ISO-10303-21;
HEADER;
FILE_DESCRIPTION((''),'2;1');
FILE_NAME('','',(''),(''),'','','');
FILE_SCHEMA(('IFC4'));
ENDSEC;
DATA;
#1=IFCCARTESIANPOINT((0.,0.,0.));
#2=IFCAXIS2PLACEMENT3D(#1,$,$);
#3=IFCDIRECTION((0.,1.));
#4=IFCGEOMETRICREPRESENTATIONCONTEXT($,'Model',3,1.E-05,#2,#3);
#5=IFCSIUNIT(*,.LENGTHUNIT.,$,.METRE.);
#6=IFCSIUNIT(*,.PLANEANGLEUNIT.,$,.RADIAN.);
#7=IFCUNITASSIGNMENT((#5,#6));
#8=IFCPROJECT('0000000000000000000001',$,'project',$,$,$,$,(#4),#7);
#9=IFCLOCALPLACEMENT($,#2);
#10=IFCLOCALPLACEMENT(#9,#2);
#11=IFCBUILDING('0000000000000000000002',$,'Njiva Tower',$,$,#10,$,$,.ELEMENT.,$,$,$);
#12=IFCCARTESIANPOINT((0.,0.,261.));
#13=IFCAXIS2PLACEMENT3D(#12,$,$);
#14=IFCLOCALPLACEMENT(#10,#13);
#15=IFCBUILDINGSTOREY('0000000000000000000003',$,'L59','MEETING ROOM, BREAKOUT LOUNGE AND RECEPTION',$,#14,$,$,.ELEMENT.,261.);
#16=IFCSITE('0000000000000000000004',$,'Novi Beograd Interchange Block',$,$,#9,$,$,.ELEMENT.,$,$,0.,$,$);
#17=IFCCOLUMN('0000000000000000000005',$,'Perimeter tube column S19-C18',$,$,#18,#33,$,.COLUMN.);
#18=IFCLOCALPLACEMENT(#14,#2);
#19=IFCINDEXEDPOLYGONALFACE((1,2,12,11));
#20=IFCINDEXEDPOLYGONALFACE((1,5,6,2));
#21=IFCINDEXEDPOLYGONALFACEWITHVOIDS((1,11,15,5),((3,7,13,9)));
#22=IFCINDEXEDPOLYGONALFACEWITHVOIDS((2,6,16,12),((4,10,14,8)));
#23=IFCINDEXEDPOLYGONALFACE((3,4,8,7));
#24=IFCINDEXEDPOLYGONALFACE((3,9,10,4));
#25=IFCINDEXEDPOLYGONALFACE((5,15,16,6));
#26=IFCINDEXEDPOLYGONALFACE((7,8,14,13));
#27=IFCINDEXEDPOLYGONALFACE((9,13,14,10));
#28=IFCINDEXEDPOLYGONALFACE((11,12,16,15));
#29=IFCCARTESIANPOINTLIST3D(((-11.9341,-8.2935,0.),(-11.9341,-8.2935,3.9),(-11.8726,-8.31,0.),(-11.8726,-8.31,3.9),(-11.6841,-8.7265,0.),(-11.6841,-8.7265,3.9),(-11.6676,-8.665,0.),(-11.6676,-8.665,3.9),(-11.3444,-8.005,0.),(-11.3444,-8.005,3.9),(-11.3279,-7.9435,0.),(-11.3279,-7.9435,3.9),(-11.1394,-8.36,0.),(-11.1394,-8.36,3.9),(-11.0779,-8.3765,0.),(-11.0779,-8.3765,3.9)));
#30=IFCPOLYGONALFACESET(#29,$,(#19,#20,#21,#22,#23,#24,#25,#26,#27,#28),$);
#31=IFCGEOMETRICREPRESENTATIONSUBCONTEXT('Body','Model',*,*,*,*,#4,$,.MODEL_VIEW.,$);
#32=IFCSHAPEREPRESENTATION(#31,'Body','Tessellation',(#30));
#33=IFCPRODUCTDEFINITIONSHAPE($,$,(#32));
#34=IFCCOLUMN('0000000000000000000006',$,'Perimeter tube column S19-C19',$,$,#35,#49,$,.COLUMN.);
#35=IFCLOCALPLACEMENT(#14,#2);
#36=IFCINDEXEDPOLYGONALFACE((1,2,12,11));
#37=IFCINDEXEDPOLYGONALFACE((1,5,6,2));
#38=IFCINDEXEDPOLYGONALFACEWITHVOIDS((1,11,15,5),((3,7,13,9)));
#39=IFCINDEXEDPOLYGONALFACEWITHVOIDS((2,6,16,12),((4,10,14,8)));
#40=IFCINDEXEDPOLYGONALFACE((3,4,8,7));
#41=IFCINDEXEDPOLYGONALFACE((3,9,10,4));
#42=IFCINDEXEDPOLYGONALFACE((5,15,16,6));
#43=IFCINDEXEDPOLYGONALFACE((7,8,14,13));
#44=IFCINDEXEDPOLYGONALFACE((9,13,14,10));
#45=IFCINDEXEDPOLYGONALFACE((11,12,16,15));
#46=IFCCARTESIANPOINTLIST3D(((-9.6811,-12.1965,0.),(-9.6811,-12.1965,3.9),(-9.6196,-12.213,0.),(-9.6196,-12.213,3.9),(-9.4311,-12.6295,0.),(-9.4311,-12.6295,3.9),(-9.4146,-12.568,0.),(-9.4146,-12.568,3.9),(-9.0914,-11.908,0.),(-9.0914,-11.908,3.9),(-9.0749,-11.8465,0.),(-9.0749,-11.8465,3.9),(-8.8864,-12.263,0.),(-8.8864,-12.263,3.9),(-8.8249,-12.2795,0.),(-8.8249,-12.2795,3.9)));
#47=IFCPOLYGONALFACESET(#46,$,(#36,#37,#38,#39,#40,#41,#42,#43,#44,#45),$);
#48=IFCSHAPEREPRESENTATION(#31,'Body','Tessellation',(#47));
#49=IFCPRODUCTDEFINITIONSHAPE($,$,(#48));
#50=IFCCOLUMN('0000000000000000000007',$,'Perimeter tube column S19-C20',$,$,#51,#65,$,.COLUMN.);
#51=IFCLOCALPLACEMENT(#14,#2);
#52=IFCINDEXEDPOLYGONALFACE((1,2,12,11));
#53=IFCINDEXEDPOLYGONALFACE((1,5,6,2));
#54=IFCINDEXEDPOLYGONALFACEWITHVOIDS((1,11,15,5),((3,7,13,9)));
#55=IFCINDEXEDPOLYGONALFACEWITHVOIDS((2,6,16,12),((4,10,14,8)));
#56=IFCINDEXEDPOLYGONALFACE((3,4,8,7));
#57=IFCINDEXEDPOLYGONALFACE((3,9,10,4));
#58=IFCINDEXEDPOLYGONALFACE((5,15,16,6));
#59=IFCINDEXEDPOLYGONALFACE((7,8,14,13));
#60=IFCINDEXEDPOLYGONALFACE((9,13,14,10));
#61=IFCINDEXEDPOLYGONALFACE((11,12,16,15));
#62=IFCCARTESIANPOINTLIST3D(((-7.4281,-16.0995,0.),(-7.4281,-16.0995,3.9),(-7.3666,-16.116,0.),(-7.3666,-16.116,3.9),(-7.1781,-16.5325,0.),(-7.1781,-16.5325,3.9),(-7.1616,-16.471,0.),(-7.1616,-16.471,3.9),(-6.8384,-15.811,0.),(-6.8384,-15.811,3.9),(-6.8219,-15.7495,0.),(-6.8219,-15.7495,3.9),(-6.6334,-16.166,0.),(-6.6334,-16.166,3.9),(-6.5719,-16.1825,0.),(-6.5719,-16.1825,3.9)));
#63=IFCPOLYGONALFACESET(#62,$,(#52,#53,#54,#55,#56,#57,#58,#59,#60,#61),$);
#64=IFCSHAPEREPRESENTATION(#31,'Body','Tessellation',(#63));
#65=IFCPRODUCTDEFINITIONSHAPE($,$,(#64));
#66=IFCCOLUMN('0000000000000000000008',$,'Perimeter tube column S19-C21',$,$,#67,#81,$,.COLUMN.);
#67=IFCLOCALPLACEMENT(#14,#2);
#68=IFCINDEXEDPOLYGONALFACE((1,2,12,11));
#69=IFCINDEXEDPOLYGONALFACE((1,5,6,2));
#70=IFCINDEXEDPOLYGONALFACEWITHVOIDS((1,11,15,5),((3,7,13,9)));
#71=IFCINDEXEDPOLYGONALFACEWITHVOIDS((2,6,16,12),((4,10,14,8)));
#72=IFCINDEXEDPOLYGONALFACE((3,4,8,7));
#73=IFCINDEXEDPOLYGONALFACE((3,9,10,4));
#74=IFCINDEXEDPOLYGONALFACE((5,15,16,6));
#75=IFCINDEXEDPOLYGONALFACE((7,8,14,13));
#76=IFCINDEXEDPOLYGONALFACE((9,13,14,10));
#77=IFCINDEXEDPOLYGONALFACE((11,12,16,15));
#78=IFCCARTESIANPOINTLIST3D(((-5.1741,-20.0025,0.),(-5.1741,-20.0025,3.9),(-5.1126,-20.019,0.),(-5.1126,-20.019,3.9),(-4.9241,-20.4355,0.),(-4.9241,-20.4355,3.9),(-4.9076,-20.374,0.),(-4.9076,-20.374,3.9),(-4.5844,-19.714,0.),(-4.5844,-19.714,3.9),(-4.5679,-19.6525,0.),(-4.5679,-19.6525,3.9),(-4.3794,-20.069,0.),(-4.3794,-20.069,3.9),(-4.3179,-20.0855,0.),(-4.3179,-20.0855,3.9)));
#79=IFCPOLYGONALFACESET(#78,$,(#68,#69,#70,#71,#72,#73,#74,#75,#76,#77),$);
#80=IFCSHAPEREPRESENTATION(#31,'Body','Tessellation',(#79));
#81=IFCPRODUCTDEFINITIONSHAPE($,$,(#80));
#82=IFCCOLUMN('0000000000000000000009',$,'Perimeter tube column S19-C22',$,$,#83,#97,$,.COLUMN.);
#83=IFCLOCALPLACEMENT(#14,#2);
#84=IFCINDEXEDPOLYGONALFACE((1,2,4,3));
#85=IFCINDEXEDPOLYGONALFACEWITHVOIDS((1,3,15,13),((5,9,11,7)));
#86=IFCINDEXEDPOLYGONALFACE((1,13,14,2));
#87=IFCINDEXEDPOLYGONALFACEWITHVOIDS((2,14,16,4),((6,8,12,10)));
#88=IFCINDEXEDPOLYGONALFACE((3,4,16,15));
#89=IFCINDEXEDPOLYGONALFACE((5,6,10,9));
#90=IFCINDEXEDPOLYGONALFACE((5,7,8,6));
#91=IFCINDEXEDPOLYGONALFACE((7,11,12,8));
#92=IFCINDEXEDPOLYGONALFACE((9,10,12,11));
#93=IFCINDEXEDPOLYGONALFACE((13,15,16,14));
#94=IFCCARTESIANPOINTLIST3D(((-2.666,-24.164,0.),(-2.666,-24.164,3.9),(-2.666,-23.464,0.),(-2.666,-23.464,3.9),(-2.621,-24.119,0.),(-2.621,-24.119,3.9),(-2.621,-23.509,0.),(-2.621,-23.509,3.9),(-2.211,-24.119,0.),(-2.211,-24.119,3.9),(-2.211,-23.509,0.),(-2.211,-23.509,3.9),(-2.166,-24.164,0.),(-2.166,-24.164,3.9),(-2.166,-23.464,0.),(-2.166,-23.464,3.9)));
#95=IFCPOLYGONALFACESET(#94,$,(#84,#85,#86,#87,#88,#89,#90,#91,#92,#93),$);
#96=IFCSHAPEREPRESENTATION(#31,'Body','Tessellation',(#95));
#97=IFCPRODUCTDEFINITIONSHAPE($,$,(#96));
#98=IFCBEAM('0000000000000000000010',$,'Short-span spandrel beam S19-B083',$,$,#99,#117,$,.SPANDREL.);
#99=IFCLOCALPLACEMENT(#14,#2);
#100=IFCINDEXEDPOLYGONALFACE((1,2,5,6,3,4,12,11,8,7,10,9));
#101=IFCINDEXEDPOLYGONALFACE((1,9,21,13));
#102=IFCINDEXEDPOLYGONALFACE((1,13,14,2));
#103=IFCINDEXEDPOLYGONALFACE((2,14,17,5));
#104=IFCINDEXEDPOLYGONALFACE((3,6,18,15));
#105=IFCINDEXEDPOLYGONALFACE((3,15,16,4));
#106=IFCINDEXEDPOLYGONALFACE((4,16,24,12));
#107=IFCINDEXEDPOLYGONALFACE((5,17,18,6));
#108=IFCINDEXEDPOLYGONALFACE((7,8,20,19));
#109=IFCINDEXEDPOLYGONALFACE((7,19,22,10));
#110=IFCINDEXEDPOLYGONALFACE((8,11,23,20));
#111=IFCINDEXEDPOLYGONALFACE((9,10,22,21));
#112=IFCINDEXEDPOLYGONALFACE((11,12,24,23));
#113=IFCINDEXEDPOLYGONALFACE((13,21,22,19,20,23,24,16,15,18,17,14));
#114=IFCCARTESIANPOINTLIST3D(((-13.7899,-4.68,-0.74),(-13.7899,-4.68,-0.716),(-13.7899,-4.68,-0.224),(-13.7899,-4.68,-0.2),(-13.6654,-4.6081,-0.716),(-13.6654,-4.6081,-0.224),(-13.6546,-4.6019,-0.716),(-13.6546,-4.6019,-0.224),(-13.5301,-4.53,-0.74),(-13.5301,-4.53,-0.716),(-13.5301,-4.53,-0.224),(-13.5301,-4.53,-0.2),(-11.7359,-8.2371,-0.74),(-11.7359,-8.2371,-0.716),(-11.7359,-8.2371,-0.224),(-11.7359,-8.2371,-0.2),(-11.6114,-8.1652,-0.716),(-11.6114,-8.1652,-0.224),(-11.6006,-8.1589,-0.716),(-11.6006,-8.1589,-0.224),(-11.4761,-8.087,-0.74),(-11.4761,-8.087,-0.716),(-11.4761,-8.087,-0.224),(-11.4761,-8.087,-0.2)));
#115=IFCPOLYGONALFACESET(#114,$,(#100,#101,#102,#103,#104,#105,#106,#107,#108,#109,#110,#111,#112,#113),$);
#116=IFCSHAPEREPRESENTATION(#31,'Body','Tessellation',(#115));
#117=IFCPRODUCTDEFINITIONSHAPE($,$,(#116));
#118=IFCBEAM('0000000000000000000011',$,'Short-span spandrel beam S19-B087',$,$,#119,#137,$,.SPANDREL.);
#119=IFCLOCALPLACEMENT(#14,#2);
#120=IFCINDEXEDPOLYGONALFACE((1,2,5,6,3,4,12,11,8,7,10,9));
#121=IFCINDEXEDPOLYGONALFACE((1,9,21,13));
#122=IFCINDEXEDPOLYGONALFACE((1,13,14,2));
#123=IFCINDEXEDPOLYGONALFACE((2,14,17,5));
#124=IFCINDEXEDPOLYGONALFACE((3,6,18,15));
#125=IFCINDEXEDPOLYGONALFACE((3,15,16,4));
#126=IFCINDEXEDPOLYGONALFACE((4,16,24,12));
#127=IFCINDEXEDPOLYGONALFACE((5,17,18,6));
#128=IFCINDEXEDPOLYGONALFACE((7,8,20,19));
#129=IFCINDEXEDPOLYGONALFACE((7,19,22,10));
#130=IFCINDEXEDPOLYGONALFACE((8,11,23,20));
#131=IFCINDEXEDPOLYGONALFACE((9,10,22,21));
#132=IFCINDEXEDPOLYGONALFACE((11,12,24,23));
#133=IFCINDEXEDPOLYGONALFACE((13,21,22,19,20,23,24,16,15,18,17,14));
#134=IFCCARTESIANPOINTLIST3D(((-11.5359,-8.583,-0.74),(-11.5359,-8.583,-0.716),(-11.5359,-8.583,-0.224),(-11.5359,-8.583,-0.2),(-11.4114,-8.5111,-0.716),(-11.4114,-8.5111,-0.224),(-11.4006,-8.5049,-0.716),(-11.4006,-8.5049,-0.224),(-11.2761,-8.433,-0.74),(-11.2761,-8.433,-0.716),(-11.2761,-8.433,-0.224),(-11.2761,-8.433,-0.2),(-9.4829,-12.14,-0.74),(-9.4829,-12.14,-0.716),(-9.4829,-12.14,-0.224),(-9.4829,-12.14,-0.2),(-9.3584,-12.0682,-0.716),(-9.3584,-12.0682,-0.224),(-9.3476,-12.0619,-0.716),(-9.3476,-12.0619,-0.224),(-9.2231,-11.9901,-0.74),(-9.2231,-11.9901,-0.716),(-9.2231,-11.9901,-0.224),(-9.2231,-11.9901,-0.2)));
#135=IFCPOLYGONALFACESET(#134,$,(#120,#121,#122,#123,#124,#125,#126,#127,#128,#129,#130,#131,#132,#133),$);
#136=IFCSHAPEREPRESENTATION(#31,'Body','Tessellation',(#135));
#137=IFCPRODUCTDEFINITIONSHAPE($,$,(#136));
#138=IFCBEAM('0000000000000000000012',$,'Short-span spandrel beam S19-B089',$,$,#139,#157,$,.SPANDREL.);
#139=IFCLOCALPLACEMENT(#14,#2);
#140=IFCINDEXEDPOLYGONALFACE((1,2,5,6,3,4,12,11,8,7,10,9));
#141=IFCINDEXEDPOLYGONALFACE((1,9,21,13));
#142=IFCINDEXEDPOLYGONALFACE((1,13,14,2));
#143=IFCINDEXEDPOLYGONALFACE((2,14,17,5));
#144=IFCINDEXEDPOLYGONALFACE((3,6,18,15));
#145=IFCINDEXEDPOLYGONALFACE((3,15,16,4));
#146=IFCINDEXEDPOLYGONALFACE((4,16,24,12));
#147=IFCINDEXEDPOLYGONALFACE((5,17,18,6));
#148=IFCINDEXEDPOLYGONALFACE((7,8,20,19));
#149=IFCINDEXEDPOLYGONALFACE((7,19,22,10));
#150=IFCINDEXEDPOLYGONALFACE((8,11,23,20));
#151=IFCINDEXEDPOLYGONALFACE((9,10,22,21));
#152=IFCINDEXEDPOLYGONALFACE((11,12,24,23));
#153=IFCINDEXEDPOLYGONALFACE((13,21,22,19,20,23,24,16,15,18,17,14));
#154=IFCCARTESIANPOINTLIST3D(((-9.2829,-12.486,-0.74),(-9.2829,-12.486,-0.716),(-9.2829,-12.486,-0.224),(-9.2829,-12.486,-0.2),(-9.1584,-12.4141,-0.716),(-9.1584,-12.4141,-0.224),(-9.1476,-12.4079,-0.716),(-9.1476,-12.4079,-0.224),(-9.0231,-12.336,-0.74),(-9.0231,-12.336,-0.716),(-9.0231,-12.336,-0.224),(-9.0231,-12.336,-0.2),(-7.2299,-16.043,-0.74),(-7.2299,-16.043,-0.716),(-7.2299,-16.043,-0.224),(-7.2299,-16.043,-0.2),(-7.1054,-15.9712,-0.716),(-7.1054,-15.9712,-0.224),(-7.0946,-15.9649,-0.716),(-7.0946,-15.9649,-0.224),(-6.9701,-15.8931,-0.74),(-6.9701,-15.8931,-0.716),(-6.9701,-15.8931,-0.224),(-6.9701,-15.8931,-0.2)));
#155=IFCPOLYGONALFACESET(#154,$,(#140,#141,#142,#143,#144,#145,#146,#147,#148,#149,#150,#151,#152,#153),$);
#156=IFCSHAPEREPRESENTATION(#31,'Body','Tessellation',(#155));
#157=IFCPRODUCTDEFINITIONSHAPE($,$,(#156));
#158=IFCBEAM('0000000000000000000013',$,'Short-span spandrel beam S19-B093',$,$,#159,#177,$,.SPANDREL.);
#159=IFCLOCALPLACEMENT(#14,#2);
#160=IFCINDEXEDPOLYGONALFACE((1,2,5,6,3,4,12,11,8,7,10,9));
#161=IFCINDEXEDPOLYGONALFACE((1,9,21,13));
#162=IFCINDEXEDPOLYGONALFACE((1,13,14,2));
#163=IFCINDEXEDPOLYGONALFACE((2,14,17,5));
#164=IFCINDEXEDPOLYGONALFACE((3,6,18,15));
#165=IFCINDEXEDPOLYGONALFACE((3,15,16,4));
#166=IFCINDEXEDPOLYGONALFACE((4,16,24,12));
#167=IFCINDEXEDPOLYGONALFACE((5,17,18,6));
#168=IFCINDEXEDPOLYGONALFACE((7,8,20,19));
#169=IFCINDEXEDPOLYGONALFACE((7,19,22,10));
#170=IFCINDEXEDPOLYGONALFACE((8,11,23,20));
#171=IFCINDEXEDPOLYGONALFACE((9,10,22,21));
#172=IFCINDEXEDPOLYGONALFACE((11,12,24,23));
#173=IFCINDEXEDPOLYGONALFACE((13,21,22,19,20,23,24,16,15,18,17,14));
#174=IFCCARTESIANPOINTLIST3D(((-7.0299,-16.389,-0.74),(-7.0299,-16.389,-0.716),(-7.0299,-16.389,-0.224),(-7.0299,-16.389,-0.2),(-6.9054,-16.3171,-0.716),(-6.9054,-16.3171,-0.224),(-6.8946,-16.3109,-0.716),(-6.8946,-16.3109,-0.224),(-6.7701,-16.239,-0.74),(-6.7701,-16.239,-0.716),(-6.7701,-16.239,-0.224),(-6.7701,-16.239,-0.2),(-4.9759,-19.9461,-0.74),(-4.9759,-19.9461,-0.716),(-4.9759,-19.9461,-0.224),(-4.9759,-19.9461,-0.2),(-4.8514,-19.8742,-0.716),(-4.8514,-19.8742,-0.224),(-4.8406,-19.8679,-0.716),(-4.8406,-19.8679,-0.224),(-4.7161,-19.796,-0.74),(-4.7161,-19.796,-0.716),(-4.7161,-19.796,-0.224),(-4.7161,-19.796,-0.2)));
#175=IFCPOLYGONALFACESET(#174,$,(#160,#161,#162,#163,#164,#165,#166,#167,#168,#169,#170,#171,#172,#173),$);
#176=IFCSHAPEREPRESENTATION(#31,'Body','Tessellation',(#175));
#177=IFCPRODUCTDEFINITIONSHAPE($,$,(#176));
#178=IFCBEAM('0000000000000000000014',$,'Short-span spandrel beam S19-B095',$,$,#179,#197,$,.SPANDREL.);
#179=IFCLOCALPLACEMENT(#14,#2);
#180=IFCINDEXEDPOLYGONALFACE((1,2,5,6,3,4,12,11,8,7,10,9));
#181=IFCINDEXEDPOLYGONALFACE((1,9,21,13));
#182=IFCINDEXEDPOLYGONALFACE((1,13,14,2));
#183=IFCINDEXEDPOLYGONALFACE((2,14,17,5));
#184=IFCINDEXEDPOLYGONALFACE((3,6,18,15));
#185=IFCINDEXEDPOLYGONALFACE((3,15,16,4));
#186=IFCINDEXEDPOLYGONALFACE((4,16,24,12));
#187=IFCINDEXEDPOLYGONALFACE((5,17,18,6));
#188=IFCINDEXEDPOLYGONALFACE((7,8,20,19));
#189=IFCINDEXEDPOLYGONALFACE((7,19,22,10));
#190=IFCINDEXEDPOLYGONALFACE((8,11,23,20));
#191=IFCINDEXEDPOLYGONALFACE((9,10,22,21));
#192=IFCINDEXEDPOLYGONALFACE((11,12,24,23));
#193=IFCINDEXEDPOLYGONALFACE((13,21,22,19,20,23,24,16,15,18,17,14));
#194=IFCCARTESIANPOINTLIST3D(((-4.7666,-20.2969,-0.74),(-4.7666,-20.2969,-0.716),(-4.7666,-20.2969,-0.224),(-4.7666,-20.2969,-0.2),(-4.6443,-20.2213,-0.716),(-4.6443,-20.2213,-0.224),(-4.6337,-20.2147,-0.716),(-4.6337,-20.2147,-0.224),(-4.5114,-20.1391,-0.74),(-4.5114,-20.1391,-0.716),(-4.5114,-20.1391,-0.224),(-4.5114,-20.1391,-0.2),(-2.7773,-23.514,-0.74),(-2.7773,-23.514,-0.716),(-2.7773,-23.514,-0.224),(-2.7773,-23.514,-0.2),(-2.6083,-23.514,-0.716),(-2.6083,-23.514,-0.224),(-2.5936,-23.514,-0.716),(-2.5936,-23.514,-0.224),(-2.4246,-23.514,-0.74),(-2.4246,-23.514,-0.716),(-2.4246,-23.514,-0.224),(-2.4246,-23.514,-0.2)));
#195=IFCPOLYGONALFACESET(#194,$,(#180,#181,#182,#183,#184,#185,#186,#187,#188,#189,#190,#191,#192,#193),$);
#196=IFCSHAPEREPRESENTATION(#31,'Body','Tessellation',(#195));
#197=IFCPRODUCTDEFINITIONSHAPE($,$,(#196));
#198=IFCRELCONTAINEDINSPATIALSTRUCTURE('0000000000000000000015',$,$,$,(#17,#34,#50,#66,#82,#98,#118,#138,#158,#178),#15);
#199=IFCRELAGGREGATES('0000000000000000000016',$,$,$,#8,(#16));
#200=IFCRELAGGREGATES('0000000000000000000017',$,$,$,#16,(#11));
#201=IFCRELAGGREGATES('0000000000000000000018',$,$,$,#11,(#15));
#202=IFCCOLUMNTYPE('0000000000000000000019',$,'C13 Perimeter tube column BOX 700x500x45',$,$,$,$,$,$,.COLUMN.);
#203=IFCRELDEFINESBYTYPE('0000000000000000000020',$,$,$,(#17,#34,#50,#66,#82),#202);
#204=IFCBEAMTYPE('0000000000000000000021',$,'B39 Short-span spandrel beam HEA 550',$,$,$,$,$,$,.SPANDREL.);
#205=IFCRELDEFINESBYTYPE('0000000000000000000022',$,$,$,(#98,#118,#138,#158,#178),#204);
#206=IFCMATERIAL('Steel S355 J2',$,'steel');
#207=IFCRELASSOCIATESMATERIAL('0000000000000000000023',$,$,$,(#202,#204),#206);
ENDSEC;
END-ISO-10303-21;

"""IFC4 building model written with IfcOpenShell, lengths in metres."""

from ifc_helpers import new_model, si_unit, direction, frame, origin, origin_2d, place, context, subcontext, project, spatial, hollow_rectangle, i_section, extrude, clip, halfspace, material, material_profile, profile_set, type_object, element, save


model = new_model("IFC4")

# Units and contexts
model_context = context("Model", 3, precision=1e-05, world=origin(), true_north=direction((0.0, 1.0)))
body_context = subcontext(model_context, "Body", "Model", "MODEL_VIEW")
ifc_project = project(units=[si_unit("LENGTHUNIT", "METRE"), si_unit("PLANEANGLEUNIT", "RADIAN")], contexts=[model_context])

# Site, building, storey
site_placement = place(None, origin())
site = spatial("IfcSite", under=ifc_project, at=site_placement, Name="Novi Beograd Interchange Block", CompositionType="ELEMENT", RefElevation=0.0)
building_placement = place(site_placement, origin())
building = spatial("IfcBuilding", under=site, at=building_placement, Name="Njiva Tower", CompositionType="ELEMENT")
storey_placement = place(building_placement, frame((0.0, 0.0, 261.0)))
storey = spatial("IfcBuildingStorey", under=building, at=storey_placement, Name="L59", Description="MEETING ROOM, BREAKOUT LOUNGE AND RECEPTION", CompositionType="ELEMENT", Elevation=261.0)

# Columns
ifc_material_1 = material(Name="Steel S355 J2", Category="steel")
ifc_material_profile_1 = material_profile(ifc_material_1, hollow_rectangle(XDim=0.5, YDim=0.7, WallThickness=0.045, at=origin_2d()), Name="BOX 700x500x45")
ifc_profile_set_1 = profile_set([ifc_material_profile_1], Name="Steel S355 J2")
column_type = type_object("IfcColumnType", Name="C13 Perimeter tube column BOX 700x500x45", PredefinedType="COLUMN", material=ifc_profile_set_1)
for number, where, z_axis, x_axis, name in (
    (1, (-11.506, -8.335, 0.0), (0.0, 0.0, 1.0), (0.5, -0.866025, 0.0), "Perimeter tube column S19-C18"),
    (2, (-9.253, -12.238, 0.0), (0.0, 0.0, 1.0), (0.5, -0.866025, 0.0), "Perimeter tube column S19-C19"),
    (3, (-7.0, -16.141, 0.0), (0.0, 0.0, 1.0), (0.5, -0.866025, 0.0), "Perimeter tube column S19-C20"),
    (4, (-4.746, -20.044, 0.0), (0.0, 0.0, 1.0), (0.5, -0.866025, 0.0), "Perimeter tube column S19-C21"),
    (5, (-2.416, -23.814, 0.0), (0.0, 0.0, 1.0), (1.0, 0.0, 0.0), "Perimeter tube column S19-C22"),
):
    element("IfcColumn", number, at=place(storey_placement, frame(where, z_axis=z_axis, x_axis=x_axis)), inside=storey, type_object=column_type, Name=name, PredefinedType="COLUMN", context=body_context, shape_type="SweptSolid", body=[
        extrude(hollow_rectangle(XDim=0.5, YDim=0.7, WallThickness=0.045, at=origin_2d()), origin(), (0.0, 0.0, 1.0), 3.9),
    ])

# Beams
ifc_material_profile_2 = material_profile(ifc_material_1, i_section(OverallWidth=0.3, OverallDepth=0.54, WebThickness=0.0125, FlangeThickness=0.024, at=origin_2d()), Name="HEA 550")
ifc_profile_set_2 = profile_set([ifc_material_profile_2], Name="Steel S355 J2")
beam_type_1 = type_object("IfcBeamType", Name="B39 Short-span spandrel beam HEA 550", PredefinedType="SPANDREL", material=ifc_profile_set_2)
beam_1_placement = place(storey_placement, frame((-13.66, -4.605, -0.47), z_axis=(0.500067, -0.865987, 0.0), x_axis=(0.865987, 0.500067, 0.0)))
element("IfcBeam", 6, at=beam_1_placement, inside=storey, type_object=beam_type_1, Name="Short-span spandrel beam S19-B083", PredefinedType="SPANDREL", context=body_context, shape_type="SweptSolid", body=[
    extrude(i_section(OverallWidth=0.3, OverallDepth=0.54, WebThickness=0.0125, FlangeThickness=0.024, at=origin_2d()), origin(), (0.0, 0.0, 1.0), 4.1075),
])
for number, where, z_axis, x_axis, name in (
    (7, (-11.406, -8.508, -0.47), (0.499884, -0.866092, 0.0), (0.866092, 0.499884, 0.0), "Short-span spandrel beam S19-B087"),
    (8, (-9.153, -12.411, -0.47), (0.499884, -0.866092, 0.0), (0.866092, 0.499884, 0.0), "Short-span spandrel beam S19-B089"),
):
    element("IfcBeam", number, at=place(storey_placement, frame(where, z_axis=z_axis, x_axis=x_axis)), inside=storey, type_object=beam_type_1, Name=name, PredefinedType="SPANDREL", context=body_context, shape_type="SweptSolid", body=[
        extrude(i_section(OverallWidth=0.3, OverallDepth=0.54, WebThickness=0.0125, FlangeThickness=0.024, at=origin_2d()), origin(), (0.0, 0.0, 1.0), 4.107),
    ])
beam_2_placement = place(storey_placement, frame((-6.9, -16.314, -0.47), z_axis=(0.500067, -0.865987, 0.0), x_axis=(0.865987, 0.500067, 0.0)))
element("IfcBeam", 9, at=beam_2_placement, inside=storey, type_object=beam_type_1, Name="Short-span spandrel beam S19-B093", PredefinedType="SPANDREL", context=body_context, shape_type="SweptSolid", body=[
    extrude(i_section(OverallWidth=0.3, OverallDepth=0.54, WebThickness=0.0125, FlangeThickness=0.024, at=origin_2d()), origin(), (0.0, 0.0, 1.0), 4.1075),
])
beam_3_placement = place(storey_placement, frame((-4.639, -20.218, -0.47), z_axis=(0.52591, -0.85054, 0.0), x_axis=(0.85054, 0.52591, 0.0)))
element("IfcBeam", 10, at=beam_3_placement, inside=storey, type_object=beam_type_1, Name="Short-span spandrel beam S19-B095", PredefinedType="SPANDREL", context=body_context, shape_type="Clipping", body=[
    clip(extrude(i_section(OverallWidth=0.3, OverallDepth=0.54, WebThickness=0.0125, FlangeThickness=0.024, at=origin_2d()), origin(), (0.0, 0.0, 1.0), 3.9882), halfspace(frame((-0.0267, 0.0, 3.8587), z_axis=(-0.52591, 0.0, 0.85054), x_axis=(0.0, 1.0, 0.0)), False)),
])

save(model, "model.ifc")
